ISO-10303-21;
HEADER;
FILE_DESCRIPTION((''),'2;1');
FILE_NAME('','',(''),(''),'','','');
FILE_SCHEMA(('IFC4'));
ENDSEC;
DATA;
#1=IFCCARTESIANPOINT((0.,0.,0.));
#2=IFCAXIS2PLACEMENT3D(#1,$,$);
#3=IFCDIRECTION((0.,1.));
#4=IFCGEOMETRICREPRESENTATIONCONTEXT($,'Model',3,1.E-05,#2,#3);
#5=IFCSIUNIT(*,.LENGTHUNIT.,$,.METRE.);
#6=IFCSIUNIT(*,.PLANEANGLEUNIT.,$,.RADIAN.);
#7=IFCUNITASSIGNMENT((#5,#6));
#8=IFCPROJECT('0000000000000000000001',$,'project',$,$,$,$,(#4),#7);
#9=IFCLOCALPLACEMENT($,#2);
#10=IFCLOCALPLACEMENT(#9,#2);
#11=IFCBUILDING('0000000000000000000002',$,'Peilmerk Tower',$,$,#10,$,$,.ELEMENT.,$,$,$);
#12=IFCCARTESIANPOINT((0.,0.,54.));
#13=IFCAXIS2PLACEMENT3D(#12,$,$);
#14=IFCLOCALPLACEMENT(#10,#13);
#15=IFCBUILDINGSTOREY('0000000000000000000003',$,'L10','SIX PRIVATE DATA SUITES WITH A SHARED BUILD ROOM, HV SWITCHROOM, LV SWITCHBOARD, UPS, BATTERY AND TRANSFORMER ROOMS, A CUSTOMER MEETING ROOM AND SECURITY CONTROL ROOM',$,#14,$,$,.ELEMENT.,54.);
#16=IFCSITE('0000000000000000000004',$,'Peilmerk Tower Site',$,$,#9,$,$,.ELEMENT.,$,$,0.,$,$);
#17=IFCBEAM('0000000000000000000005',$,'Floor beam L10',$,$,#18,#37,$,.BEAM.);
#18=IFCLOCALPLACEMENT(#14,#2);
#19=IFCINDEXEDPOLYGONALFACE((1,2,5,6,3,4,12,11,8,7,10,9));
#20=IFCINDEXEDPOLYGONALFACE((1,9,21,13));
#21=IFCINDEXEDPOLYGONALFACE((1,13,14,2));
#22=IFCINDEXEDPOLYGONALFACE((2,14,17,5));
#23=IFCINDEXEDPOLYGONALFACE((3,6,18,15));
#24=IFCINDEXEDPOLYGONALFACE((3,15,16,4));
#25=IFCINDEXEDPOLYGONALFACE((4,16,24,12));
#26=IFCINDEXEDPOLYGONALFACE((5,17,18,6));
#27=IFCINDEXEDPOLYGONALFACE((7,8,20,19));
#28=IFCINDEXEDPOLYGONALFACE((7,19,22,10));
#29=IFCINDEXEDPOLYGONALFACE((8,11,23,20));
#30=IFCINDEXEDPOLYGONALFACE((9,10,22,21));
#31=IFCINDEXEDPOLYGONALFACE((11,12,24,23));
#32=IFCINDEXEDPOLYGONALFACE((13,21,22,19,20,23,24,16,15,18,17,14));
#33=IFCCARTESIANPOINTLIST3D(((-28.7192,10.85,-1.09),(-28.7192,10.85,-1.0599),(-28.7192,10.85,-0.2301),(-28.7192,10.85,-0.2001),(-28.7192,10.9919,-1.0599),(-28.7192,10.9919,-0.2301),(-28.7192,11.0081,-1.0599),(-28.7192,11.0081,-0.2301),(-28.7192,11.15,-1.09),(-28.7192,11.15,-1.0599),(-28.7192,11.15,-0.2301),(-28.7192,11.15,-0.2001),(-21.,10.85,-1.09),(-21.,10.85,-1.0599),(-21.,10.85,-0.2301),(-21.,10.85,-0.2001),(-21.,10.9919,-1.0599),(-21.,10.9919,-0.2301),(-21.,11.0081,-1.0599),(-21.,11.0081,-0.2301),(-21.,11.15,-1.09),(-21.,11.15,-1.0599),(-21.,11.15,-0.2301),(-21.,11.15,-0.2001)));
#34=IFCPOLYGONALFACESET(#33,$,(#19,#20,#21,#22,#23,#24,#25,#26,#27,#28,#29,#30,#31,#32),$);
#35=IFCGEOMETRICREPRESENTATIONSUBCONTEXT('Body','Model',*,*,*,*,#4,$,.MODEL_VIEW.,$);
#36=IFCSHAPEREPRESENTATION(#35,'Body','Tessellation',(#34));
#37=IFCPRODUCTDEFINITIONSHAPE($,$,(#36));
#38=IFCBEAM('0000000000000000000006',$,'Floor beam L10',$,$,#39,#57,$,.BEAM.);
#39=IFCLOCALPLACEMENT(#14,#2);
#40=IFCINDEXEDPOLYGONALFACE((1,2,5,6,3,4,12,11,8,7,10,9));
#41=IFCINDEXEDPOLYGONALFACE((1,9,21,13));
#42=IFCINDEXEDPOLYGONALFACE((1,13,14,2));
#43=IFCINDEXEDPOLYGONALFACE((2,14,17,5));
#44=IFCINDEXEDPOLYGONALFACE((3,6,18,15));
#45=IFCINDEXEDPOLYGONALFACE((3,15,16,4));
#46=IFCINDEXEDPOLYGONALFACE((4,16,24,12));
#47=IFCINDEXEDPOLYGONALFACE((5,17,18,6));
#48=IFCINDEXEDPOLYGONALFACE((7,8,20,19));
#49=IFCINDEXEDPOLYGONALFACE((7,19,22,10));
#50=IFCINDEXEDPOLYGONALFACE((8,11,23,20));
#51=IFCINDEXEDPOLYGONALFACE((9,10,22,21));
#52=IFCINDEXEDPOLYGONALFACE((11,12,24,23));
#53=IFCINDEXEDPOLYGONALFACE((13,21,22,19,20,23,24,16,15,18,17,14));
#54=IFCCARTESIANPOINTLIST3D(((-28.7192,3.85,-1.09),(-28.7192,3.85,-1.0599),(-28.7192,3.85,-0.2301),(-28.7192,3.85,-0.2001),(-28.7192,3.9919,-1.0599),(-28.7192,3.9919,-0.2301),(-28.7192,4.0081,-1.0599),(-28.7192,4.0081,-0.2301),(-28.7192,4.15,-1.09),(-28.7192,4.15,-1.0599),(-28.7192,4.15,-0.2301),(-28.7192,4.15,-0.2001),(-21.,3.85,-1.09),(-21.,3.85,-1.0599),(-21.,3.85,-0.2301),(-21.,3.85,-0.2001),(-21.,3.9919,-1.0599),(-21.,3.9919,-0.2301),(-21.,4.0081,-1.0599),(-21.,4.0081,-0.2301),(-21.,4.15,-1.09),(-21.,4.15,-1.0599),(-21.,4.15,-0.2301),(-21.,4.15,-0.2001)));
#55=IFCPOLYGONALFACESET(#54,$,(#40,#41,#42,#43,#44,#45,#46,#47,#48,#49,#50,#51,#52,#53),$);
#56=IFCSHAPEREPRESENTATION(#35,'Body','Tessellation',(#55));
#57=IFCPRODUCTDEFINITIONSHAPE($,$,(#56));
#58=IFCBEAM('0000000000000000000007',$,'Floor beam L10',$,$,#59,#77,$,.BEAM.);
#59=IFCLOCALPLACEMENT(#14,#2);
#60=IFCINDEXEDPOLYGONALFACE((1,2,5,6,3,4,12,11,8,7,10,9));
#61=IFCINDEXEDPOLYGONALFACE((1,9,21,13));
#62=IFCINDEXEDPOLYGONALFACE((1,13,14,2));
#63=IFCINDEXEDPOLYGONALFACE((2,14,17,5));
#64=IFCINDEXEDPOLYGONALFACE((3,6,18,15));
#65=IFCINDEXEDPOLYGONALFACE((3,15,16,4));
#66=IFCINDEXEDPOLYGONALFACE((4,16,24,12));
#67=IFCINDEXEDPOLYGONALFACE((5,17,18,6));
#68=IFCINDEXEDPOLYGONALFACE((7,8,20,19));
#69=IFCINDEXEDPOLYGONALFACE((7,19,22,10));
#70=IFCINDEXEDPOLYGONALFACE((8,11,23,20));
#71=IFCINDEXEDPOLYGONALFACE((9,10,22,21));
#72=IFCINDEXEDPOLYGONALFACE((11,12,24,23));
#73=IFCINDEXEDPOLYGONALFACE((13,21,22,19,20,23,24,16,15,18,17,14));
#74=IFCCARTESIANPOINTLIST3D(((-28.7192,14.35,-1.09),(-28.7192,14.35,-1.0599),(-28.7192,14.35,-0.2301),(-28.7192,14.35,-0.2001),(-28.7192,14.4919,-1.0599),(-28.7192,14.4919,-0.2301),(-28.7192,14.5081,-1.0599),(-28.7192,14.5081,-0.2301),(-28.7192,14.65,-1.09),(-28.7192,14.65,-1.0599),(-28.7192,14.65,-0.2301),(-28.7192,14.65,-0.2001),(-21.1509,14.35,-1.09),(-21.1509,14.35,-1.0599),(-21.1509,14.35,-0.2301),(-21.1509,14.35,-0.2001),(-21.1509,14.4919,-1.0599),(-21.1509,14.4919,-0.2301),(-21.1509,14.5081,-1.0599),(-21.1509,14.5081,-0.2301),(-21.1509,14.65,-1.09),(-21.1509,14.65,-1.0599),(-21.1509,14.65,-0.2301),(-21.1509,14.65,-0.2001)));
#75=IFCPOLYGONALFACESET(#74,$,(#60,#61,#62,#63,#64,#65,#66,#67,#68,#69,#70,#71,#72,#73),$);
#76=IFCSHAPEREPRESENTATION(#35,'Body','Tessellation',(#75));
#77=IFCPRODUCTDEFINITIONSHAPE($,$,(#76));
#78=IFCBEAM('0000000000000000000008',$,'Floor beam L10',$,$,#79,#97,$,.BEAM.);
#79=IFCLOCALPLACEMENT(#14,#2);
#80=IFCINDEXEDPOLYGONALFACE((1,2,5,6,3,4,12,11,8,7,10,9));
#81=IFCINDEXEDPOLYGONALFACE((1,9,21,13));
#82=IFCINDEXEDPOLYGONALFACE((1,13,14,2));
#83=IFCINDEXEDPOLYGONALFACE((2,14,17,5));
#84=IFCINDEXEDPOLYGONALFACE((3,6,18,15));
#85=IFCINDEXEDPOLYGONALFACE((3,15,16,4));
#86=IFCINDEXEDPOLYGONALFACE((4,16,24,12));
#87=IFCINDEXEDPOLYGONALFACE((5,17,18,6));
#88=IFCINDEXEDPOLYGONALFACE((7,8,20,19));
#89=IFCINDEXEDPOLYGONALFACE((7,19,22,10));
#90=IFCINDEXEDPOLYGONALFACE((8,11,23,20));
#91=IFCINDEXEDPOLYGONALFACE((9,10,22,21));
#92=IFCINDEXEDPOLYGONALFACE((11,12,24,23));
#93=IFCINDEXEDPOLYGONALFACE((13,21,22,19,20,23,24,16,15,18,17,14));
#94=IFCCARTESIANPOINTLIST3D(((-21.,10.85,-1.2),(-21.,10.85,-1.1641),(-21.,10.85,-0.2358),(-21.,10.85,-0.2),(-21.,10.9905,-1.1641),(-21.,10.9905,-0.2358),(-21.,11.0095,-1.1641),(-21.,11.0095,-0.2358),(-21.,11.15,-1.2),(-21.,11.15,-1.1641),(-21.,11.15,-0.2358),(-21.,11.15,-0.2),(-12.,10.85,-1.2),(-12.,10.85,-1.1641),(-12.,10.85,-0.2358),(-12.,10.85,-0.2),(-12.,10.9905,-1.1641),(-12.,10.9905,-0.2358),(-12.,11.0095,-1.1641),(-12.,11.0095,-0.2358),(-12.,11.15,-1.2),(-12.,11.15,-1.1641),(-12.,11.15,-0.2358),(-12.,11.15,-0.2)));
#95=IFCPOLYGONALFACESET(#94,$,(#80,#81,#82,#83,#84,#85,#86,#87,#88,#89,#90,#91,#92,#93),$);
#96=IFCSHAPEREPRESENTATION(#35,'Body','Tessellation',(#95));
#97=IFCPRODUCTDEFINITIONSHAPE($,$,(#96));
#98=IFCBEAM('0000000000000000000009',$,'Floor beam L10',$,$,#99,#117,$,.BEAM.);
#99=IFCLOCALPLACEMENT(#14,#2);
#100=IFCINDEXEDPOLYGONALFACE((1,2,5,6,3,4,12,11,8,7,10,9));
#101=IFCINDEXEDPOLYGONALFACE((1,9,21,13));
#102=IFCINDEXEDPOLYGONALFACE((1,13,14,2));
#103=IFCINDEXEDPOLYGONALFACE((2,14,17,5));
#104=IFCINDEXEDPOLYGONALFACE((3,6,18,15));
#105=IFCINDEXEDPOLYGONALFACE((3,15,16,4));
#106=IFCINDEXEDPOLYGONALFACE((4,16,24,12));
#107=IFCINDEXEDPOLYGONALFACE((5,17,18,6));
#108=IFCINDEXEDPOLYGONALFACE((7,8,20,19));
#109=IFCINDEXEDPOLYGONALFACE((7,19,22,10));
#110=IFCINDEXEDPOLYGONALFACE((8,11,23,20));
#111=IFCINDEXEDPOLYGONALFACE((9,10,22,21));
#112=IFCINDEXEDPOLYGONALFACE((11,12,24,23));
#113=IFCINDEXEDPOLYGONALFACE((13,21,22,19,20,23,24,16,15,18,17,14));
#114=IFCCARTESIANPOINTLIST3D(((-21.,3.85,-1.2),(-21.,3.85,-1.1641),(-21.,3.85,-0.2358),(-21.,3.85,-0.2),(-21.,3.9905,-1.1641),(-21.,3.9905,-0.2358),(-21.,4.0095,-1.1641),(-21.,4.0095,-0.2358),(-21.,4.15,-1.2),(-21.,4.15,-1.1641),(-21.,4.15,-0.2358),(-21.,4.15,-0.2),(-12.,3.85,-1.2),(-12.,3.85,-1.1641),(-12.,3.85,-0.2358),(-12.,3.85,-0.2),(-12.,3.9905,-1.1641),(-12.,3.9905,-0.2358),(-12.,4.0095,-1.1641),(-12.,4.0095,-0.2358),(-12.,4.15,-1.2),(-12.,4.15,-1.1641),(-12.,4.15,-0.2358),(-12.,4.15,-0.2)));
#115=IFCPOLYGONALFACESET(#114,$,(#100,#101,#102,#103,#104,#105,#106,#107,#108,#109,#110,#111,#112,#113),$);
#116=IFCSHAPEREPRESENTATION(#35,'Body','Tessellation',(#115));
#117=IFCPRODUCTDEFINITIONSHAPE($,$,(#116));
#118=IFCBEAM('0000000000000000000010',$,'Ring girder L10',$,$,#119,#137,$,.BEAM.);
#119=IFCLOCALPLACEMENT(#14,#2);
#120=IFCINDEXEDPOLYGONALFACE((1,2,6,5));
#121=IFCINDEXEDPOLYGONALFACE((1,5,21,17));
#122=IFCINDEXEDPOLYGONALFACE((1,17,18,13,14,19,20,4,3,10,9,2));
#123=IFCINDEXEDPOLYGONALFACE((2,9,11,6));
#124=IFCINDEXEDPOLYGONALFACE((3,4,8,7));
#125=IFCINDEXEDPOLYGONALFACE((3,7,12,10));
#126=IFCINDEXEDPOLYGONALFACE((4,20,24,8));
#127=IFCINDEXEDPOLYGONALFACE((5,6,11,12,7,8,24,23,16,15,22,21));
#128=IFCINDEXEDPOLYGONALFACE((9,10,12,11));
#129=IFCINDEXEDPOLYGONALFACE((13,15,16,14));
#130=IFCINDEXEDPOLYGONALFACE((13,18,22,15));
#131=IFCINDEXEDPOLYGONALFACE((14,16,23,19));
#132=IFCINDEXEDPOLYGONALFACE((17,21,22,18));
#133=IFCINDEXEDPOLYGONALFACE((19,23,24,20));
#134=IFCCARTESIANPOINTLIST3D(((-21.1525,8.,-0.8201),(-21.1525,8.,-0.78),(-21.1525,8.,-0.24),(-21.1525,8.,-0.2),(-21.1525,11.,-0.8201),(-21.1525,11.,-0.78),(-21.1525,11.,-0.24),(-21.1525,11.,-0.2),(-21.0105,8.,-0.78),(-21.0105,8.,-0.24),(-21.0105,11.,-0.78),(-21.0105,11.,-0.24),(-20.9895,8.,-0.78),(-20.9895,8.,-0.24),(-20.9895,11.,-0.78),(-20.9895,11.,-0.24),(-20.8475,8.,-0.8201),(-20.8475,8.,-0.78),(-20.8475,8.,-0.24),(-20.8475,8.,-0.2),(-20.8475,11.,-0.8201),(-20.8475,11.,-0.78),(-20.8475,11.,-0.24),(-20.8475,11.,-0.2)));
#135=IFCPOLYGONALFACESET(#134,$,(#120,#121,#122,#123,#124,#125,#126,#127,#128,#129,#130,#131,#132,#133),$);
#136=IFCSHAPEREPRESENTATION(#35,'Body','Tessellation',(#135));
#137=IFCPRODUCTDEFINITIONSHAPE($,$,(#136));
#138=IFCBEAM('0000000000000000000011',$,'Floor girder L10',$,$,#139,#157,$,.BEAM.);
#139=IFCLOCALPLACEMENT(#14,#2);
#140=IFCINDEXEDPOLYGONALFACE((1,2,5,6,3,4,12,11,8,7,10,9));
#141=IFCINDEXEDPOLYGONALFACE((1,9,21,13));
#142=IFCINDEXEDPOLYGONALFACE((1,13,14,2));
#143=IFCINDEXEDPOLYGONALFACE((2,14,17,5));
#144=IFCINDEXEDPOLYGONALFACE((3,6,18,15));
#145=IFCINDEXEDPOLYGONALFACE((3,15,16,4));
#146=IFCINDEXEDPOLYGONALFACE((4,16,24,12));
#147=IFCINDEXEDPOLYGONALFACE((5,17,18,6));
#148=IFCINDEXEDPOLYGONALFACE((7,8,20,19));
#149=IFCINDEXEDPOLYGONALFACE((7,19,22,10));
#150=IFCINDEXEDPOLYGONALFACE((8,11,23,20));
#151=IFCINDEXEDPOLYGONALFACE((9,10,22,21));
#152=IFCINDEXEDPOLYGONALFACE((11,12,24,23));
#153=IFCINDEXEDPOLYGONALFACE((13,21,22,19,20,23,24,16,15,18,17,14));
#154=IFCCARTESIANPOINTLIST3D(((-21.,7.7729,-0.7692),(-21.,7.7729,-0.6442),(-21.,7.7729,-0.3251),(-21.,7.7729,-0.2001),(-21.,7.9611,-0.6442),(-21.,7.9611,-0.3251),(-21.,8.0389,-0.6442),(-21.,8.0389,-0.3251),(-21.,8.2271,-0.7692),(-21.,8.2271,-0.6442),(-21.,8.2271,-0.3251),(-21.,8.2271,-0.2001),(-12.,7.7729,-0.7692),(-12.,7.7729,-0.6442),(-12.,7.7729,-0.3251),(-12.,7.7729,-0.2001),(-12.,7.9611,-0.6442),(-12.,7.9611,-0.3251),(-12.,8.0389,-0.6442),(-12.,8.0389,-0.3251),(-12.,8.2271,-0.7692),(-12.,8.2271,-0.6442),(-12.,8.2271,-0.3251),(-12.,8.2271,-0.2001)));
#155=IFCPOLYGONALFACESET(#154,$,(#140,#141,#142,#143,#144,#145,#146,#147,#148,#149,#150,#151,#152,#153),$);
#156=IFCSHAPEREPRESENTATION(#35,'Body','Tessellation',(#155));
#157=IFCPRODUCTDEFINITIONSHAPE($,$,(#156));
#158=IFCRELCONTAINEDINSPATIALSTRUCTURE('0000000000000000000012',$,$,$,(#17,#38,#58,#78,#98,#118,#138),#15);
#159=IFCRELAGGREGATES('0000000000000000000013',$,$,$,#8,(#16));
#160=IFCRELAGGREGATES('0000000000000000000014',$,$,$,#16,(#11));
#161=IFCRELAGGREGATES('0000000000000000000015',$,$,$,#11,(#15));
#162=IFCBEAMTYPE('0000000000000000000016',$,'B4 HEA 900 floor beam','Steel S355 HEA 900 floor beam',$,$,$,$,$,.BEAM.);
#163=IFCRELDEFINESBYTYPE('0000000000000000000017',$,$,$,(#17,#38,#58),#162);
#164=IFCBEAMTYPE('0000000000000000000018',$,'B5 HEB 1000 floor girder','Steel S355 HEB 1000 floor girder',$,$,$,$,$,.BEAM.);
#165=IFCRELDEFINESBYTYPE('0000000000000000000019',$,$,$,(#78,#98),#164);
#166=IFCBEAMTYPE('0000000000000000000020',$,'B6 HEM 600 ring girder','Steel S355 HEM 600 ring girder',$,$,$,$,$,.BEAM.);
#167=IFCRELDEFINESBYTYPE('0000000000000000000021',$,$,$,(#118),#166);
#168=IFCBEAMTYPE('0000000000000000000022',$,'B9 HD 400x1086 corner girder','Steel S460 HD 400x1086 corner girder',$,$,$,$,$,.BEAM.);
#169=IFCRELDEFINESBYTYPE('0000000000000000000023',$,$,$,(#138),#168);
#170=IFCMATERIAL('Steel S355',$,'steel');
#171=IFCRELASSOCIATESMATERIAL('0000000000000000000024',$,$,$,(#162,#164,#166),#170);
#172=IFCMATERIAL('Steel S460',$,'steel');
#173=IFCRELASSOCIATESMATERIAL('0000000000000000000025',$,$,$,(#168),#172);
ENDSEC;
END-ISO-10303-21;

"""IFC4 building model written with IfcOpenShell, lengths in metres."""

from ifc_helpers import new_model, si_unit, direction, frame, origin, origin_2d, place, context, subcontext, project, spatial, i_section, extrude, material, material_profile, profile_set, type_object, element, save


model = new_model("IFC4")

# Units and contexts
model_context = context("Model", 3, precision=1e-05, world=origin(), true_north=direction((0.0, 1.0)))
body_context = subcontext(model_context, "Body", "Model", "MODEL_VIEW")
ifc_project = project(units=[si_unit("LENGTHUNIT", "METRE"), si_unit("PLANEANGLEUNIT", "RADIAN")], contexts=[model_context])

# Site, building, storey
site_placement = place(None, origin())
site = spatial("IfcSite", under=ifc_project, at=site_placement, Name="Peilmerk Tower Site", CompositionType="ELEMENT", RefElevation=0.0)
building_placement = place(site_placement, origin())
building = spatial("IfcBuilding", under=site, at=building_placement, Name="Peilmerk Tower", CompositionType="ELEMENT")
storey_placement = place(building_placement, frame((0.0, 0.0, 54.0)))
storey = spatial("IfcBuildingStorey", under=building, at=storey_placement, Name="L10", Description="SIX PRIVATE DATA SUITES WITH A SHARED BUILD ROOM, HV SWITCHROOM, LV SWITCHBOARD, UPS, BATTERY AND TRANSFORMER ROOMS, A CUSTOMER MEETING ROOM AND SECURITY CONTROL ROOM", CompositionType="ELEMENT", Elevation=54.0)

# Beams
ifc_material_1 = material(Name="Steel S355", Category="steel")
ifc_material_profile_1 = material_profile(ifc_material_1, i_section(OverallWidth=0.3, OverallDepth=0.8899, WebThickness=0.0161, FlangeThickness=0.03, at=origin_2d()), Name="HEA 900")
ifc_profile_set_1 = profile_set([ifc_material_profile_1], Name="Steel S355")
beam_type_1 = type_object("IfcBeamType", Name="B4 HEA 900 floor beam", Description="Steel S355 HEA 900 floor beam", PredefinedType="BEAM", material=ifc_profile_set_1)
for number, where, z_axis, x_axis, name in (
    (1, (-21.0, 11.0, -0.645), (-1.0, 0.0, 0.0), (0.0, -1.0, 0.0), "Floor beam L10"),
    (2, (-21.0, 4.0, -0.645), (-1.0, 0.0, 0.0), (0.0, -1.0, 0.0), "Floor beam L10"),
):
    element("IfcBeam", number, at=place(storey_placement, frame(where, z_axis=z_axis, x_axis=x_axis)), inside=storey, type_object=beam_type_1, Name=name, PredefinedType="BEAM", context=body_context, shape_type="SweptSolid", body=[
        extrude(i_section(OverallWidth=0.3, OverallDepth=0.8899, WebThickness=0.0161, FlangeThickness=0.03, at=origin_2d()), origin(), (0.0, 0.0, 1.0), 7.7192),
    ])
beam_1_placement = place(storey_placement, frame((-21.1509, 14.5, -0.645), z_axis=(-1.0, 0.0, 0.0), x_axis=(0.0, -1.0, 0.0)))
element("IfcBeam", 3, at=beam_1_placement, inside=storey, type_object=beam_type_1, Name="Floor beam L10", PredefinedType="BEAM", context=body_context, shape_type="SweptSolid", body=[
    extrude(i_section(OverallWidth=0.3, OverallDepth=0.8899, WebThickness=0.0161, FlangeThickness=0.03, at=origin_2d()), origin(), (0.0, 0.0, 1.0), 7.5684),
])
ifc_material_profile_2 = material_profile(ifc_material_1, i_section(OverallWidth=0.3, OverallDepth=1.0, WebThickness=0.019, FlangeThickness=0.0359, at=origin_2d()), Name="HEB 1000")
ifc_profile_set_2 = profile_set([ifc_material_profile_2], Name="Steel S355")
beam_type_2 = type_object("IfcBeamType", Name="B5 HEB 1000 floor girder", Description="Steel S355 HEB 1000 floor girder", PredefinedType="BEAM", material=ifc_profile_set_2)
for number, where, z_axis, x_axis, name in (
    (4, (-12.0, 11.0, -0.7), (-1.0, 0.0, 0.0), (0.0, -1.0, 0.0), "Floor beam L10"),
    (5, (-12.0, 4.0, -0.7), (-1.0, 0.0, 0.0), (0.0, -1.0, 0.0), "Floor beam L10"),
):
    element("IfcBeam", number, at=place(storey_placement, frame(where, z_axis=z_axis, x_axis=x_axis)), inside=storey, type_object=beam_type_2, Name=name, PredefinedType="BEAM", context=body_context, shape_type="SweptSolid", body=[
        extrude(i_section(OverallWidth=0.3, OverallDepth=1.0, WebThickness=0.019, FlangeThickness=0.0359, at=origin_2d()), origin(), (0.0, 0.0, 1.0), 9.0),
    ])
ifc_material_profile_3 = material_profile(ifc_material_1, i_section(OverallWidth=0.3049, OverallDepth=0.6201, WebThickness=0.021, FlangeThickness=0.04, at=origin_2d()), Name="HEM 600")
ifc_profile_set_3 = profile_set([ifc_material_profile_3], Name="Steel S355")
beam_type_3 = type_object("IfcBeamType", Name="B6 HEM 600 ring girder", Description="Steel S355 HEM 600 ring girder", PredefinedType="BEAM", material=ifc_profile_set_3)
beam_2_placement = place(storey_placement, frame((-21.0, 11.0, -0.51), z_axis=(0.0, -1.0, 0.0), x_axis=(1.0, 0.0, 0.0)))
element("IfcBeam", 6, at=beam_2_placement, inside=storey, type_object=beam_type_3, Name="Ring girder L10", PredefinedType="BEAM", context=body_context, shape_type="SweptSolid", body=[
    extrude(i_section(OverallWidth=0.3049, OverallDepth=0.6201, WebThickness=0.021, FlangeThickness=0.04, at=origin_2d()), origin(), (0.0, 0.0, 1.0), 3.0),
])
ifc_material_2 = material(Name="Steel S460", Category="steel")
ifc_material_profile_4 = material_profile(ifc_material_2, i_section(OverallWidth=0.4541, OverallDepth=0.5691, WebThickness=0.0779, FlangeThickness=0.125, at=origin_2d()), Name="HD 400x1086")
ifc_profile_set_4 = profile_set([ifc_material_profile_4], Name="Steel S460")
beam_type_4 = type_object("IfcBeamType", Name="B9 HD 400x1086 corner girder", Description="Steel S460 HD 400x1086 corner girder", PredefinedType="BEAM", material=ifc_profile_set_4)
beam_3_placement = place(storey_placement, frame((-12.0, 8.0, -0.4846), z_axis=(-1.0, 0.0, 0.0), x_axis=(0.0, -1.0, 0.0)))
element("IfcBeam", 7, at=beam_3_placement, inside=storey, type_object=beam_type_4, Name="Floor girder L10", PredefinedType="BEAM", context=body_context, shape_type="SweptSolid", body=[
    extrude(i_section(OverallWidth=0.4541, OverallDepth=0.5691, WebThickness=0.0779, FlangeThickness=0.125, at=origin_2d()), origin(), (0.0, 0.0, 1.0), 9.0),
])

save(model, "model.ifc")
